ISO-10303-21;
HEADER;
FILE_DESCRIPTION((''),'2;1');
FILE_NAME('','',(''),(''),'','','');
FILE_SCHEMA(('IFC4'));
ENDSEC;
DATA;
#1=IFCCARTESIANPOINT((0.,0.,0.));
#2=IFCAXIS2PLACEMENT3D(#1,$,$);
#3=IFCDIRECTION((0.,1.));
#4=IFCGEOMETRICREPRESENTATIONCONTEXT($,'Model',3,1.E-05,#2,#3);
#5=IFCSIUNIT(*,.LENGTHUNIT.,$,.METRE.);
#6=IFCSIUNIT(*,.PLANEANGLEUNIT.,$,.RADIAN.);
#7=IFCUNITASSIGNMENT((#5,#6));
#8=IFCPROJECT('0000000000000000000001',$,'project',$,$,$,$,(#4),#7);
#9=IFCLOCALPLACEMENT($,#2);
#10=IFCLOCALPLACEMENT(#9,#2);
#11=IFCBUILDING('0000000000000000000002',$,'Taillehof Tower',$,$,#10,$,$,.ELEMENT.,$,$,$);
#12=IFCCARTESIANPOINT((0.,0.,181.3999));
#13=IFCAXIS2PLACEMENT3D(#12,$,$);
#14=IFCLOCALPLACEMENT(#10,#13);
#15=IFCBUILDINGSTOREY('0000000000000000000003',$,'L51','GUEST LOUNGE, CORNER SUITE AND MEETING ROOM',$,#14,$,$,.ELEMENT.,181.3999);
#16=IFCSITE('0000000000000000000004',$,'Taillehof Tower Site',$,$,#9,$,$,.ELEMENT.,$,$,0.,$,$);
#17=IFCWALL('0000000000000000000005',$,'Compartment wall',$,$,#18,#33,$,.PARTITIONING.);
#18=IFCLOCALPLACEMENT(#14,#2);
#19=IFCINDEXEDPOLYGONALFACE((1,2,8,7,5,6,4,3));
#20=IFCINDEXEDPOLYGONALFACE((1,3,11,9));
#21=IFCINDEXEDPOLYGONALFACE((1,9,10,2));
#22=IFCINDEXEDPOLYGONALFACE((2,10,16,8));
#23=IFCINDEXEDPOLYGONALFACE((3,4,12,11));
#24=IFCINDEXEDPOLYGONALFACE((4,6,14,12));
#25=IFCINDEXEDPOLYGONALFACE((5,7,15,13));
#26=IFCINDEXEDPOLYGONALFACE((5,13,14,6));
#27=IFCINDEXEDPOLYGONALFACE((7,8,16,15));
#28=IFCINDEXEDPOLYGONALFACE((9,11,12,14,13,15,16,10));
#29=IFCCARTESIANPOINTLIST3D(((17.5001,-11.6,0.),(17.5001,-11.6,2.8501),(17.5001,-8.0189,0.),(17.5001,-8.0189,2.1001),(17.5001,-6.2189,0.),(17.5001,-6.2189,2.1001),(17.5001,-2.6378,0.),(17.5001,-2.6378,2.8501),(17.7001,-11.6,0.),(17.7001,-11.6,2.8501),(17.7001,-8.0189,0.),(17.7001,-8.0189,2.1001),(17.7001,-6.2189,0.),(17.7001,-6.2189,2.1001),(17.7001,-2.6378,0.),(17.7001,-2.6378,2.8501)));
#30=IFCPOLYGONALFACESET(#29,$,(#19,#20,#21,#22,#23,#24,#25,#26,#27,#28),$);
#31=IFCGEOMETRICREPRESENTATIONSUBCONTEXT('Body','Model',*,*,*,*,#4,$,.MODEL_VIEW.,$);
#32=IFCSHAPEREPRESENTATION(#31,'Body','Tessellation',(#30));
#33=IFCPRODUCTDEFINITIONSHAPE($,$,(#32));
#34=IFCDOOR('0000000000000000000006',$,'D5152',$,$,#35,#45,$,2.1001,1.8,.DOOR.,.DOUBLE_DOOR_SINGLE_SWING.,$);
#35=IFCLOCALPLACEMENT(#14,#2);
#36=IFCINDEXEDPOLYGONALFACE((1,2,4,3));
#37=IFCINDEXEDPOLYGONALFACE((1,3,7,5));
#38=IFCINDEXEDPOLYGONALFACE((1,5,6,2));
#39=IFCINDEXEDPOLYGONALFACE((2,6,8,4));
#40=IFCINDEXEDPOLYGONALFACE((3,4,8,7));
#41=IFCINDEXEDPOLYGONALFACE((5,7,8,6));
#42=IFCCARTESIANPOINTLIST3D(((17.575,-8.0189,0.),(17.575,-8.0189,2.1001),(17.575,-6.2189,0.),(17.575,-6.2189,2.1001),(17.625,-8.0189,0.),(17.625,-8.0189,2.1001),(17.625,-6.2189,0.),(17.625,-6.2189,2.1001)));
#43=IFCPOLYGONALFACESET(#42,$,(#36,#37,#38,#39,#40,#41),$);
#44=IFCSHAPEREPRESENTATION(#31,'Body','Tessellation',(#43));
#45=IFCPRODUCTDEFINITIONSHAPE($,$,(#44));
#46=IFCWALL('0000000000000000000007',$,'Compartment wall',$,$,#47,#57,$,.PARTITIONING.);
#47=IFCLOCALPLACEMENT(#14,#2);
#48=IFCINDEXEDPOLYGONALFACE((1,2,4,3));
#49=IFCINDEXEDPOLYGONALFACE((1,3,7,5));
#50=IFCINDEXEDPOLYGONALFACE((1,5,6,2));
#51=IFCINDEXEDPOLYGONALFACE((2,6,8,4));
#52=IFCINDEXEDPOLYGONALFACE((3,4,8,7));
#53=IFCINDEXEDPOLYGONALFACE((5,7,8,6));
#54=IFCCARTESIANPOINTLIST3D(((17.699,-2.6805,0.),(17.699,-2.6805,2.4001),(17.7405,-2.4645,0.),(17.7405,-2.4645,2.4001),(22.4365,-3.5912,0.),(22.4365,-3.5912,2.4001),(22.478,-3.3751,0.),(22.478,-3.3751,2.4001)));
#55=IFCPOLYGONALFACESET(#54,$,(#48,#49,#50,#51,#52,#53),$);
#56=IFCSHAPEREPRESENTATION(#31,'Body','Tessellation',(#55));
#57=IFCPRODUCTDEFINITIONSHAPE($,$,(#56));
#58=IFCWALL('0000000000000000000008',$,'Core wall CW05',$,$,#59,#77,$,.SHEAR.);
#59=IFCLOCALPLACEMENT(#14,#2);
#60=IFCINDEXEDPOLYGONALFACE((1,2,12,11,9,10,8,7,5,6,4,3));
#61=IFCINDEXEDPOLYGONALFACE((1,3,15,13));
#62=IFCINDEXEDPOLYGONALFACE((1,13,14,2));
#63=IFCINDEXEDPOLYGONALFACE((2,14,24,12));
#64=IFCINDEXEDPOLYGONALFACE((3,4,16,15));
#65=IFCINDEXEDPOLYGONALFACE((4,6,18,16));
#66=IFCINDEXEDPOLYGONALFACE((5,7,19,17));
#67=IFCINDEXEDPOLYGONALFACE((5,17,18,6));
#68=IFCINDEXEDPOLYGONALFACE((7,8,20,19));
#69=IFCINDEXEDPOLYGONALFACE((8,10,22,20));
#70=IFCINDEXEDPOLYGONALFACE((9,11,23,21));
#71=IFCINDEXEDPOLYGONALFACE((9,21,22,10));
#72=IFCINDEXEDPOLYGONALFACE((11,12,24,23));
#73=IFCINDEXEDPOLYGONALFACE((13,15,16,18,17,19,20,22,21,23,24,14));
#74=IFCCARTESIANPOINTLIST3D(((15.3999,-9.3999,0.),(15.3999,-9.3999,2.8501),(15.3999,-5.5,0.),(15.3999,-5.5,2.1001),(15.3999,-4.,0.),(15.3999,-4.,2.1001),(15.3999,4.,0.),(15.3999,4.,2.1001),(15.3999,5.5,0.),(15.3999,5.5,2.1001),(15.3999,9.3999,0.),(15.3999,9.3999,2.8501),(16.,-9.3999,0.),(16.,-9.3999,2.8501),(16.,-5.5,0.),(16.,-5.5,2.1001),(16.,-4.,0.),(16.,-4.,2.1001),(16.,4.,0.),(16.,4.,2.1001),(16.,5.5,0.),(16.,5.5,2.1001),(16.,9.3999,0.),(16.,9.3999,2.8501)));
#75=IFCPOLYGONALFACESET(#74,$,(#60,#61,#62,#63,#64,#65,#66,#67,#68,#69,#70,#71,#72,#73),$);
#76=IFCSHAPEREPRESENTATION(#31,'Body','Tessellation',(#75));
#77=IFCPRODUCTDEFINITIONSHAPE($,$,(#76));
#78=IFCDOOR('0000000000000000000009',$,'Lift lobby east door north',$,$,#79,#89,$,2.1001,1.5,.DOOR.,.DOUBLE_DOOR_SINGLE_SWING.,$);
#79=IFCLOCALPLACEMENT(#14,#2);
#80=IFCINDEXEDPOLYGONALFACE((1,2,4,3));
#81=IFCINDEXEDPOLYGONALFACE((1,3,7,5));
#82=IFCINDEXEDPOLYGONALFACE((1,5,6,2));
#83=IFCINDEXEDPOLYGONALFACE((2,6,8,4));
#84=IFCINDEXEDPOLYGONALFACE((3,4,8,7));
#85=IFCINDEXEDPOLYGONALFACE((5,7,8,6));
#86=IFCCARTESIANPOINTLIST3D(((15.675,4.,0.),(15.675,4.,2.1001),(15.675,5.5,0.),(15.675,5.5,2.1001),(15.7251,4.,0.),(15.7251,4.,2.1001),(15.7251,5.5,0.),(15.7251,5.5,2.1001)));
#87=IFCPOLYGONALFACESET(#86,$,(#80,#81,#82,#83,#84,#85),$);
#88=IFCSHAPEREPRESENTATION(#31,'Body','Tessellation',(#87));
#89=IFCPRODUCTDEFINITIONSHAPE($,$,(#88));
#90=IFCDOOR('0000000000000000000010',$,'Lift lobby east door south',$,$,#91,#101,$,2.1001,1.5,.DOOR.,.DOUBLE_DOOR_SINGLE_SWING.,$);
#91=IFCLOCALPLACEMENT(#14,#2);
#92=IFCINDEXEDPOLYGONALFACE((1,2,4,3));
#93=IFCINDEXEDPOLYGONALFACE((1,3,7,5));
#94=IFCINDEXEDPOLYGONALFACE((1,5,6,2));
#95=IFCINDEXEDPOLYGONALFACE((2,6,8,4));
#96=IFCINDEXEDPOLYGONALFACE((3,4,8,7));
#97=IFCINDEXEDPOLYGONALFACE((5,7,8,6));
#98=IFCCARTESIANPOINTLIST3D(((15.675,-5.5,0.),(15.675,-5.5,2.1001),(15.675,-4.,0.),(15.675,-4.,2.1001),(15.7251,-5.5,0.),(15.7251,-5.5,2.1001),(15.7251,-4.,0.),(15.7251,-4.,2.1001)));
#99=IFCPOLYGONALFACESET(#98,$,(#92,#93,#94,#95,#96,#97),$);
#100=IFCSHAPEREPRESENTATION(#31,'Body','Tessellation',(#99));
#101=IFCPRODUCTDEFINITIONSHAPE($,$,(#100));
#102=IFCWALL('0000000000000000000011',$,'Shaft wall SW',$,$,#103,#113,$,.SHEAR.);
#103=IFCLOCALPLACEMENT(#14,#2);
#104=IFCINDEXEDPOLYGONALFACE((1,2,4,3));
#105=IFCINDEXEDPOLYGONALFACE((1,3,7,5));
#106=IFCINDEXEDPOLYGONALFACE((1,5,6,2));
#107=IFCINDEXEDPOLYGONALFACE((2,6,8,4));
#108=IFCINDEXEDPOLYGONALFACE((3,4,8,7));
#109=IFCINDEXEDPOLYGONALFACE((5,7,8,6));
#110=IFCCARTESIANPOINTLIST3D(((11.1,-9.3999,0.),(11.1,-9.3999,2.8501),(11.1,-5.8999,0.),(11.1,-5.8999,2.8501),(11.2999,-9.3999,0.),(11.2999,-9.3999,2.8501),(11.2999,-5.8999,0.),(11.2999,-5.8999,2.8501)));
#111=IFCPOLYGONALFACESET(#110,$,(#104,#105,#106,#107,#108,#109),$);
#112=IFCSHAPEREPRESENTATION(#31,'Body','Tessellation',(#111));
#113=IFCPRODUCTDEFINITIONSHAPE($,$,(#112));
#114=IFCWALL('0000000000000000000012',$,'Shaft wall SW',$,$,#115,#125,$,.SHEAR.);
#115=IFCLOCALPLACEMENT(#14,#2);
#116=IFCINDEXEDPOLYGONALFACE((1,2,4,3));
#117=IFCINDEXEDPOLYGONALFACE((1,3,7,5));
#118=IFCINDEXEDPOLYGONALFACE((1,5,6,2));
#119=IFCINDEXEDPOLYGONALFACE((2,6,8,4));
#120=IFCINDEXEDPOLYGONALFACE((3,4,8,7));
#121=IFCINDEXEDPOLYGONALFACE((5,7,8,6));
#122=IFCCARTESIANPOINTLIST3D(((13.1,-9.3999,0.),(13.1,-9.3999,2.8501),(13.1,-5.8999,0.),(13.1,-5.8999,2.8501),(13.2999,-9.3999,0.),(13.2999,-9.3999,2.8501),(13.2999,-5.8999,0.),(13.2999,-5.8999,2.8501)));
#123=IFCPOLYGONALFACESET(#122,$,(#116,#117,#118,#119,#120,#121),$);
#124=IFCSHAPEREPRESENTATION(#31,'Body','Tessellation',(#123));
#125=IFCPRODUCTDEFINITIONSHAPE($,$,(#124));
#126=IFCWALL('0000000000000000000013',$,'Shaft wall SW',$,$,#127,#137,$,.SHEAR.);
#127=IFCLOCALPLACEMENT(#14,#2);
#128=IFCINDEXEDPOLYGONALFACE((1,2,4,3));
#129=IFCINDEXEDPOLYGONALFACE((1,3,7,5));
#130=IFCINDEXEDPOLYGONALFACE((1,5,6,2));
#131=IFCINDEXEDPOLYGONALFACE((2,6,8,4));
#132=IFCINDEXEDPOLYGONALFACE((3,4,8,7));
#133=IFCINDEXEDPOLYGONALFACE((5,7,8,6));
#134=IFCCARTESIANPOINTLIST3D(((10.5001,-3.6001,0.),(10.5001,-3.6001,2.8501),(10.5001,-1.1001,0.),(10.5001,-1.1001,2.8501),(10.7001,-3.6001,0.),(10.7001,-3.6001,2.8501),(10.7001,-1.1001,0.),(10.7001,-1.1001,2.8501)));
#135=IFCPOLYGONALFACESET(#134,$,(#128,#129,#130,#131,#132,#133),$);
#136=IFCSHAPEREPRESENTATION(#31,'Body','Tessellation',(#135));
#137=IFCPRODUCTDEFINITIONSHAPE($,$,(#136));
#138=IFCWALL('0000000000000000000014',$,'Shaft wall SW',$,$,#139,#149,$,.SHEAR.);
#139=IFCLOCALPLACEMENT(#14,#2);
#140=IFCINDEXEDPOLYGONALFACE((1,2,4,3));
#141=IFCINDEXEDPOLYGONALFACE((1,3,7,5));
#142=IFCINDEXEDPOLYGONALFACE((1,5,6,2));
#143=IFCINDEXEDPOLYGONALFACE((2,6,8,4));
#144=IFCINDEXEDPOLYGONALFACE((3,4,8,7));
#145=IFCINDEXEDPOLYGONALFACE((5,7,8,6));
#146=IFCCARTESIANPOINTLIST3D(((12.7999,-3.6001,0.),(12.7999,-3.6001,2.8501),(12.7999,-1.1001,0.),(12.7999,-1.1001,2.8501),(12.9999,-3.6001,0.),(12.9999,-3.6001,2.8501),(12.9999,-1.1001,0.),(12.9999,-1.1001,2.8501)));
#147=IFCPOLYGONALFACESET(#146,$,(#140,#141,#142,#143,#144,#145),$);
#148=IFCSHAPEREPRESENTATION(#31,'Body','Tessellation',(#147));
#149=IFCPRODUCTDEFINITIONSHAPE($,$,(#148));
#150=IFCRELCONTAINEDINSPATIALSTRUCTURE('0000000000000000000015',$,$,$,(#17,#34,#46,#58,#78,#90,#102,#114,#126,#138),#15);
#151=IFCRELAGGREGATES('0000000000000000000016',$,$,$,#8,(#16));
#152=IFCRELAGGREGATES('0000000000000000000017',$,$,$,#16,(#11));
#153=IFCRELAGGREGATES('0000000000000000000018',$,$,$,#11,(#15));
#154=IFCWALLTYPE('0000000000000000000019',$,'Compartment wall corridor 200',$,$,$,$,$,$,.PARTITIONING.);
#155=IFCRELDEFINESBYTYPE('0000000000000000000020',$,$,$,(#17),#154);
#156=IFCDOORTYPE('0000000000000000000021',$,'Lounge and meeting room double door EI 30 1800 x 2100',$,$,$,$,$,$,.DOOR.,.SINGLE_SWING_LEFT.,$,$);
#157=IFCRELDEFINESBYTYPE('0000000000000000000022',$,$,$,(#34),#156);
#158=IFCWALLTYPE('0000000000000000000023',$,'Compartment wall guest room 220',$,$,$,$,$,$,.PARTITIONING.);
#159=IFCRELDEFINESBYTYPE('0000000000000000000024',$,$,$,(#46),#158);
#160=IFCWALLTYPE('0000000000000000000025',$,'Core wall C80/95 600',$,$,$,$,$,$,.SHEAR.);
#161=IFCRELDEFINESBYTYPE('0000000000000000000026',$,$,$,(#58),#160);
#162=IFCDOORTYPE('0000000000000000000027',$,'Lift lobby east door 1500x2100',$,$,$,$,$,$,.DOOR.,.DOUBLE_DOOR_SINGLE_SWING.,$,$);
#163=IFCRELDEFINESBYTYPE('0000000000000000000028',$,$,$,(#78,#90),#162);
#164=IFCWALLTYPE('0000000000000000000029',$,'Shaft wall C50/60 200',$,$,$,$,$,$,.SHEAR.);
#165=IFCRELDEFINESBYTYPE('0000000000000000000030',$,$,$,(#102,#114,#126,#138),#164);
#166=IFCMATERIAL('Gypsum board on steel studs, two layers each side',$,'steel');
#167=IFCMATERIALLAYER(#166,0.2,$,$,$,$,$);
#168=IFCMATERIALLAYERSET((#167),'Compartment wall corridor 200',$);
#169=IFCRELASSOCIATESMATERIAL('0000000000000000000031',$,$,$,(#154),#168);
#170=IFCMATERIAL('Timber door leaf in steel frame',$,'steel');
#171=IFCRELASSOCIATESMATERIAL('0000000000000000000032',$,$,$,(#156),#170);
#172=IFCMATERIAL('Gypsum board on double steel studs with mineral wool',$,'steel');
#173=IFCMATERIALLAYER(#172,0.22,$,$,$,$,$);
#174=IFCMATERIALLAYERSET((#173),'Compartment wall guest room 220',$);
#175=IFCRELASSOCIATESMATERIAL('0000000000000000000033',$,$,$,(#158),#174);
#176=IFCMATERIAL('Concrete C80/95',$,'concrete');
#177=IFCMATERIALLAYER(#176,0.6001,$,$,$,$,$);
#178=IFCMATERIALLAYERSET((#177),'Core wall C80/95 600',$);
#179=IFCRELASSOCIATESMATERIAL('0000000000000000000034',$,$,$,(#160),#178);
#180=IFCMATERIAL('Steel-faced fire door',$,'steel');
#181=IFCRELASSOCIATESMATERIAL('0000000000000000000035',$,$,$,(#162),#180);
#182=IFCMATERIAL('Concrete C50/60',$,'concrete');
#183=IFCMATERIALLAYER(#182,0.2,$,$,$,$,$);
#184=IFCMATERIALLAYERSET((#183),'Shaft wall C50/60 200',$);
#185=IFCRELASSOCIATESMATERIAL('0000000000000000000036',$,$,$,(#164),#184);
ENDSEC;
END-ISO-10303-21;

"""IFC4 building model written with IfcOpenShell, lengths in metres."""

from ifc_helpers import new_model, si_unit, direction, frame, frame_2d, origin, place, context, subcontext, project, spatial, rectangle, extrude, material, layer, layer_set, type_object, element, fill, save


model = new_model("IFC4")

# Units and contexts
model_context = context("Model", 3, precision=1e-05, world=origin(), true_north=direction((0.0, 1.0)))
body_context = subcontext(model_context, "Body", "Model", "MODEL_VIEW")
ifc_project = project(units=[si_unit("LENGTHUNIT", "METRE"), si_unit("PLANEANGLEUNIT", "RADIAN")], contexts=[model_context])

# Site, building, storey
site_placement = place(None, origin())
site = spatial("IfcSite", under=ifc_project, at=site_placement, Name="Taillehof Tower Site", CompositionType="ELEMENT", RefElevation=0.0)
building_placement = place(site_placement, origin())
building = spatial("IfcBuilding", under=site, at=building_placement, Name="Taillehof Tower", CompositionType="ELEMENT")
storey_placement = place(building_placement, frame((0.0, 0.0, 181.3999)))
storey = spatial("IfcBuildingStorey", under=building, at=storey_placement, Name="L51", Description="GUEST LOUNGE, CORNER SUITE AND MEETING ROOM", CompositionType="ELEMENT", Elevation=181.3999)

# Shared definitions
ifc_material_1 = material(Name="Gypsum board on steel studs, two layers each side", Category="steel")
ifc_layer_1 = layer(ifc_material_1, 0.2)
ifc_layer_set_1 = layer_set([ifc_layer_1], Name="Compartment wall corridor 200")
wall_type_1 = type_object("IfcWallType", Name="Compartment wall corridor 200", PredefinedType="PARTITIONING", material=ifc_layer_set_1)

# Wall, opening, door
wall_1_placement = place(storey_placement, frame((17.6001, -2.6379, 0.0), z_axis=(0.0, 0.0, 1.0), x_axis=(0.0, -1.0, 0.0)))
wall_1 = element("IfcWall", 1, at=wall_1_placement, inside=storey, type_object=wall_type_1, Name="Compartment wall", PredefinedType="PARTITIONING", context=body_context, shape_type="SweptSolid", body=[
    extrude(rectangle(XDim=8.9622, YDim=0.2, at=frame_2d((4.481, 0.0))), origin(), (0.0, 0.0, 1.0), 2.8501),
])
opening_1_placement = place(wall_1_placement, frame((3.5811, 0.0, 0.0)))
opening_1 = element("IfcOpeningElement", 2, at=opening_1_placement, cuts=wall_1, PredefinedType="OPENING", context=body_context, shape_type="SweptSolid", body=[
    extrude(rectangle(XDim=1.8, YDim=2.1001, at=frame_2d((0.8999, 1.05))), frame((0.0, 0.1099, 0.0), z_axis=(0.0, -1.0, 0.0), x_axis=(1.0, 0.0, 0.0)), (0.0, 0.0, 1.0), 0.22),
])
ifc_material_2 = material(Name="Timber door leaf in steel frame", Category="steel")
door_type_1 = type_object("IfcDoorType", Name="Lounge and meeting room double door EI 30 1800 x 2100", OperationType="SINGLE_SWING_LEFT", PredefinedType="DOOR", material=ifc_material_2)
door_1_placement = place(opening_1_placement, origin())
door_1 = element("IfcDoor", 3, at=door_1_placement, inside=storey, type_object=door_type_1, Name="D5152", OperationType="DOUBLE_DOOR_SINGLE_SWING", OverallHeight=2.1001, OverallWidth=1.8, PredefinedType="DOOR", context=body_context, shape_type="SweptSolid", body=[
    extrude(rectangle(XDim=1.8, YDim=2.1001, at=frame_2d((0.8999, 1.05))), frame((0.0, 0.0249, 0.0), z_axis=(0.0, -1.0, 0.0), x_axis=(1.0, 0.0, 0.0)), (0.0, 0.0, 1.0), 0.05),
])
fill(opening_1, door_1)

# Wall
ifc_material_3 = material(Name="Gypsum board on double steel studs with mineral wool", Category="steel")
ifc_layer_2 = layer(ifc_material_3, 0.22)
ifc_layer_set_2 = layer_set([ifc_layer_2], Name="Compartment wall guest room 220")
wall_type_2 = type_object("IfcWallType", Name="Compartment wall guest room 220", PredefinedType="PARTITIONING", material=ifc_layer_set_2)
wall_2_placement = place(storey_placement, frame((22.4573, -3.4832, 0.0), z_axis=(0.0, 0.0, 1.0), x_axis=(-0.982023, 0.188763, 0.0)))
element("IfcWall", 4, at=wall_2_placement, inside=storey, type_object=wall_type_2, Name="Compartment wall", PredefinedType="PARTITIONING", context=body_context, shape_type="SweptSolid", body=[
    extrude(rectangle(XDim=4.8242, YDim=0.22, at=frame_2d((2.4121, 0.0))), origin(), (0.0, 0.0, 1.0), 2.4001),
])

# Wall, openings, doors
ifc_material_4 = material(Name="Concrete C80/95", Category="concrete")
ifc_layer_3 = layer(ifc_material_4, 0.6001)
ifc_layer_set_3 = layer_set([ifc_layer_3], Name="Core wall C80/95 600")
wall_type_3 = type_object("IfcWallType", Name="Core wall C80/95 600", PredefinedType="SHEAR", material=ifc_layer_set_3)
wall_3_placement = place(storey_placement, frame((15.7, -9.3999, 0.0), z_axis=(0.0, 0.0, 1.0), x_axis=(0.0, 1.0, 0.0)))
wall_3 = element("IfcWall", 5, at=wall_3_placement, inside=storey, type_object=wall_type_3, Name="Core wall CW05", PredefinedType="SHEAR", context=body_context, shape_type="SweptSolid", body=[
    extrude(rectangle(XDim=18.7998, YDim=0.6001, at=frame_2d((9.3999, 0.0))), origin(), (0.0, 0.0, 1.0), 2.8501),
])
opening_2_placement = place(wall_3_placement, frame((13.3999, 0.0, 0.0)))
opening_2 = element("IfcOpeningElement", 6, at=opening_2_placement, cuts=wall_3, PredefinedType="OPENING", context=body_context, shape_type="SweptSolid", body=[
    extrude(rectangle(XDim=1.5, YDim=2.1001, at=frame_2d((0.75, 1.05))), frame((0.0, 0.3101, 0.0), z_axis=(0.0, -1.0, 0.0), x_axis=(1.0, 0.0, 0.0)), (0.0, 0.0, 1.0), 0.6201),
])
opening_3_placement = place(wall_3_placement, frame((3.8999, 0.0, 0.0)))
opening_3 = element("IfcOpeningElement", 7, at=opening_3_placement, cuts=wall_3, PredefinedType="OPENING", context=body_context, shape_type="SweptSolid", body=[
    extrude(rectangle(XDim=1.5, YDim=2.1001, at=frame_2d((0.75, 1.05))), frame((0.0, 0.3101, 0.0), z_axis=(0.0, -1.0, 0.0), x_axis=(1.0, 0.0, 0.0)), (0.0, 0.0, 1.0), 0.6201),
])
ifc_material_5 = material(Name="Steel-faced fire door", Category="steel")
door_type_2 = type_object("IfcDoorType", Name="Lift lobby east door 1500x2100", OperationType="DOUBLE_DOOR_SINGLE_SWING", PredefinedType="DOOR", material=ifc_material_5)
door_2_placement = place(opening_2_placement, origin())
door_2 = element("IfcDoor", 8, at=door_2_placement, inside=storey, type_object=door_type_2, Name="Lift lobby east door north", OperationType="DOUBLE_DOOR_SINGLE_SWING", OverallHeight=2.1001, OverallWidth=1.5, PredefinedType="DOOR", context=body_context, shape_type="SweptSolid", body=[
    extrude(rectangle(XDim=1.5, YDim=2.1001, at=frame_2d((0.75, 1.05))), frame((0.0, 0.0249, 0.0), z_axis=(0.0, -1.0, 0.0), x_axis=(1.0, 0.0, 0.0)), (0.0, 0.0, 1.0), 0.05),
])
fill(opening_2, door_2)
door_3_placement = place(opening_3_placement, origin())
door_3 = element("IfcDoor", 9, at=door_3_placement, inside=storey, type_object=door_type_2, Name="Lift lobby east door south", OperationType="DOUBLE_DOOR_SINGLE_SWING", OverallHeight=2.1001, OverallWidth=1.5, PredefinedType="DOOR", context=body_context, shape_type="SweptSolid", body=[
    extrude(rectangle(XDim=1.5, YDim=2.1001, at=frame_2d((0.75, 1.05))), frame((0.0, 0.0249, 0.0), z_axis=(0.0, -1.0, 0.0), x_axis=(1.0, 0.0, 0.0)), (0.0, 0.0, 1.0), 0.05),
])
fill(opening_3, door_3)

# Walls
ifc_material_6 = material(Name="Concrete C50/60", Category="concrete")
ifc_layer_4 = layer(ifc_material_6, 0.2)
ifc_layer_set_4 = layer_set([ifc_layer_4], Name="Shaft wall C50/60 200")
wall_type_4 = type_object("IfcWallType", Name="Shaft wall C50/60 200", PredefinedType="SHEAR", material=ifc_layer_set_4)
for number, where, z_axis, x_axis, name in (
    (10, (11.2, -9.3999, 0.0), (0.0, 0.0, 1.0), (0.0, 1.0, 0.0), "Shaft wall SW"),
    (11, (13.2, -9.3999, 0.0), (0.0, 0.0, 1.0), (0.0, 1.0, 0.0), "Shaft wall SW"),
):
    element("IfcWall", number, at=place(storey_placement, frame(where, z_axis=z_axis, x_axis=x_axis)), inside=storey, type_object=wall_type_4, Name=name, PredefinedType="SHEAR", context=body_context, shape_type="SweptSolid", body=[
        extrude(rectangle(XDim=3.5, YDim=0.2, at=frame_2d((1.75, 0.0))), origin(), (0.0, 0.0, 1.0), 2.8501),
    ])
for number, where, z_axis, x_axis, name in (
    (12, (10.6001, -3.6001, 0.0), (0.0, 0.0, 1.0), (0.0, 1.0, 0.0), "Shaft wall SW"),
    (13, (12.8999, -3.6001, 0.0), (0.0, 0.0, 1.0), (0.0, 1.0, 0.0), "Shaft wall SW"),
):
    element("IfcWall", number, at=place(storey_placement, frame(where, z_axis=z_axis, x_axis=x_axis)), inside=storey, type_object=wall_type_4, Name=name, PredefinedType="SHEAR", context=body_context, shape_type="SweptSolid", body=[
        extrude(rectangle(XDim=2.5, YDim=0.2, at=frame_2d((1.25, 0.0))), origin(), (0.0, 0.0, 1.0), 2.8501),
    ])

save(model, "model.ifc")
